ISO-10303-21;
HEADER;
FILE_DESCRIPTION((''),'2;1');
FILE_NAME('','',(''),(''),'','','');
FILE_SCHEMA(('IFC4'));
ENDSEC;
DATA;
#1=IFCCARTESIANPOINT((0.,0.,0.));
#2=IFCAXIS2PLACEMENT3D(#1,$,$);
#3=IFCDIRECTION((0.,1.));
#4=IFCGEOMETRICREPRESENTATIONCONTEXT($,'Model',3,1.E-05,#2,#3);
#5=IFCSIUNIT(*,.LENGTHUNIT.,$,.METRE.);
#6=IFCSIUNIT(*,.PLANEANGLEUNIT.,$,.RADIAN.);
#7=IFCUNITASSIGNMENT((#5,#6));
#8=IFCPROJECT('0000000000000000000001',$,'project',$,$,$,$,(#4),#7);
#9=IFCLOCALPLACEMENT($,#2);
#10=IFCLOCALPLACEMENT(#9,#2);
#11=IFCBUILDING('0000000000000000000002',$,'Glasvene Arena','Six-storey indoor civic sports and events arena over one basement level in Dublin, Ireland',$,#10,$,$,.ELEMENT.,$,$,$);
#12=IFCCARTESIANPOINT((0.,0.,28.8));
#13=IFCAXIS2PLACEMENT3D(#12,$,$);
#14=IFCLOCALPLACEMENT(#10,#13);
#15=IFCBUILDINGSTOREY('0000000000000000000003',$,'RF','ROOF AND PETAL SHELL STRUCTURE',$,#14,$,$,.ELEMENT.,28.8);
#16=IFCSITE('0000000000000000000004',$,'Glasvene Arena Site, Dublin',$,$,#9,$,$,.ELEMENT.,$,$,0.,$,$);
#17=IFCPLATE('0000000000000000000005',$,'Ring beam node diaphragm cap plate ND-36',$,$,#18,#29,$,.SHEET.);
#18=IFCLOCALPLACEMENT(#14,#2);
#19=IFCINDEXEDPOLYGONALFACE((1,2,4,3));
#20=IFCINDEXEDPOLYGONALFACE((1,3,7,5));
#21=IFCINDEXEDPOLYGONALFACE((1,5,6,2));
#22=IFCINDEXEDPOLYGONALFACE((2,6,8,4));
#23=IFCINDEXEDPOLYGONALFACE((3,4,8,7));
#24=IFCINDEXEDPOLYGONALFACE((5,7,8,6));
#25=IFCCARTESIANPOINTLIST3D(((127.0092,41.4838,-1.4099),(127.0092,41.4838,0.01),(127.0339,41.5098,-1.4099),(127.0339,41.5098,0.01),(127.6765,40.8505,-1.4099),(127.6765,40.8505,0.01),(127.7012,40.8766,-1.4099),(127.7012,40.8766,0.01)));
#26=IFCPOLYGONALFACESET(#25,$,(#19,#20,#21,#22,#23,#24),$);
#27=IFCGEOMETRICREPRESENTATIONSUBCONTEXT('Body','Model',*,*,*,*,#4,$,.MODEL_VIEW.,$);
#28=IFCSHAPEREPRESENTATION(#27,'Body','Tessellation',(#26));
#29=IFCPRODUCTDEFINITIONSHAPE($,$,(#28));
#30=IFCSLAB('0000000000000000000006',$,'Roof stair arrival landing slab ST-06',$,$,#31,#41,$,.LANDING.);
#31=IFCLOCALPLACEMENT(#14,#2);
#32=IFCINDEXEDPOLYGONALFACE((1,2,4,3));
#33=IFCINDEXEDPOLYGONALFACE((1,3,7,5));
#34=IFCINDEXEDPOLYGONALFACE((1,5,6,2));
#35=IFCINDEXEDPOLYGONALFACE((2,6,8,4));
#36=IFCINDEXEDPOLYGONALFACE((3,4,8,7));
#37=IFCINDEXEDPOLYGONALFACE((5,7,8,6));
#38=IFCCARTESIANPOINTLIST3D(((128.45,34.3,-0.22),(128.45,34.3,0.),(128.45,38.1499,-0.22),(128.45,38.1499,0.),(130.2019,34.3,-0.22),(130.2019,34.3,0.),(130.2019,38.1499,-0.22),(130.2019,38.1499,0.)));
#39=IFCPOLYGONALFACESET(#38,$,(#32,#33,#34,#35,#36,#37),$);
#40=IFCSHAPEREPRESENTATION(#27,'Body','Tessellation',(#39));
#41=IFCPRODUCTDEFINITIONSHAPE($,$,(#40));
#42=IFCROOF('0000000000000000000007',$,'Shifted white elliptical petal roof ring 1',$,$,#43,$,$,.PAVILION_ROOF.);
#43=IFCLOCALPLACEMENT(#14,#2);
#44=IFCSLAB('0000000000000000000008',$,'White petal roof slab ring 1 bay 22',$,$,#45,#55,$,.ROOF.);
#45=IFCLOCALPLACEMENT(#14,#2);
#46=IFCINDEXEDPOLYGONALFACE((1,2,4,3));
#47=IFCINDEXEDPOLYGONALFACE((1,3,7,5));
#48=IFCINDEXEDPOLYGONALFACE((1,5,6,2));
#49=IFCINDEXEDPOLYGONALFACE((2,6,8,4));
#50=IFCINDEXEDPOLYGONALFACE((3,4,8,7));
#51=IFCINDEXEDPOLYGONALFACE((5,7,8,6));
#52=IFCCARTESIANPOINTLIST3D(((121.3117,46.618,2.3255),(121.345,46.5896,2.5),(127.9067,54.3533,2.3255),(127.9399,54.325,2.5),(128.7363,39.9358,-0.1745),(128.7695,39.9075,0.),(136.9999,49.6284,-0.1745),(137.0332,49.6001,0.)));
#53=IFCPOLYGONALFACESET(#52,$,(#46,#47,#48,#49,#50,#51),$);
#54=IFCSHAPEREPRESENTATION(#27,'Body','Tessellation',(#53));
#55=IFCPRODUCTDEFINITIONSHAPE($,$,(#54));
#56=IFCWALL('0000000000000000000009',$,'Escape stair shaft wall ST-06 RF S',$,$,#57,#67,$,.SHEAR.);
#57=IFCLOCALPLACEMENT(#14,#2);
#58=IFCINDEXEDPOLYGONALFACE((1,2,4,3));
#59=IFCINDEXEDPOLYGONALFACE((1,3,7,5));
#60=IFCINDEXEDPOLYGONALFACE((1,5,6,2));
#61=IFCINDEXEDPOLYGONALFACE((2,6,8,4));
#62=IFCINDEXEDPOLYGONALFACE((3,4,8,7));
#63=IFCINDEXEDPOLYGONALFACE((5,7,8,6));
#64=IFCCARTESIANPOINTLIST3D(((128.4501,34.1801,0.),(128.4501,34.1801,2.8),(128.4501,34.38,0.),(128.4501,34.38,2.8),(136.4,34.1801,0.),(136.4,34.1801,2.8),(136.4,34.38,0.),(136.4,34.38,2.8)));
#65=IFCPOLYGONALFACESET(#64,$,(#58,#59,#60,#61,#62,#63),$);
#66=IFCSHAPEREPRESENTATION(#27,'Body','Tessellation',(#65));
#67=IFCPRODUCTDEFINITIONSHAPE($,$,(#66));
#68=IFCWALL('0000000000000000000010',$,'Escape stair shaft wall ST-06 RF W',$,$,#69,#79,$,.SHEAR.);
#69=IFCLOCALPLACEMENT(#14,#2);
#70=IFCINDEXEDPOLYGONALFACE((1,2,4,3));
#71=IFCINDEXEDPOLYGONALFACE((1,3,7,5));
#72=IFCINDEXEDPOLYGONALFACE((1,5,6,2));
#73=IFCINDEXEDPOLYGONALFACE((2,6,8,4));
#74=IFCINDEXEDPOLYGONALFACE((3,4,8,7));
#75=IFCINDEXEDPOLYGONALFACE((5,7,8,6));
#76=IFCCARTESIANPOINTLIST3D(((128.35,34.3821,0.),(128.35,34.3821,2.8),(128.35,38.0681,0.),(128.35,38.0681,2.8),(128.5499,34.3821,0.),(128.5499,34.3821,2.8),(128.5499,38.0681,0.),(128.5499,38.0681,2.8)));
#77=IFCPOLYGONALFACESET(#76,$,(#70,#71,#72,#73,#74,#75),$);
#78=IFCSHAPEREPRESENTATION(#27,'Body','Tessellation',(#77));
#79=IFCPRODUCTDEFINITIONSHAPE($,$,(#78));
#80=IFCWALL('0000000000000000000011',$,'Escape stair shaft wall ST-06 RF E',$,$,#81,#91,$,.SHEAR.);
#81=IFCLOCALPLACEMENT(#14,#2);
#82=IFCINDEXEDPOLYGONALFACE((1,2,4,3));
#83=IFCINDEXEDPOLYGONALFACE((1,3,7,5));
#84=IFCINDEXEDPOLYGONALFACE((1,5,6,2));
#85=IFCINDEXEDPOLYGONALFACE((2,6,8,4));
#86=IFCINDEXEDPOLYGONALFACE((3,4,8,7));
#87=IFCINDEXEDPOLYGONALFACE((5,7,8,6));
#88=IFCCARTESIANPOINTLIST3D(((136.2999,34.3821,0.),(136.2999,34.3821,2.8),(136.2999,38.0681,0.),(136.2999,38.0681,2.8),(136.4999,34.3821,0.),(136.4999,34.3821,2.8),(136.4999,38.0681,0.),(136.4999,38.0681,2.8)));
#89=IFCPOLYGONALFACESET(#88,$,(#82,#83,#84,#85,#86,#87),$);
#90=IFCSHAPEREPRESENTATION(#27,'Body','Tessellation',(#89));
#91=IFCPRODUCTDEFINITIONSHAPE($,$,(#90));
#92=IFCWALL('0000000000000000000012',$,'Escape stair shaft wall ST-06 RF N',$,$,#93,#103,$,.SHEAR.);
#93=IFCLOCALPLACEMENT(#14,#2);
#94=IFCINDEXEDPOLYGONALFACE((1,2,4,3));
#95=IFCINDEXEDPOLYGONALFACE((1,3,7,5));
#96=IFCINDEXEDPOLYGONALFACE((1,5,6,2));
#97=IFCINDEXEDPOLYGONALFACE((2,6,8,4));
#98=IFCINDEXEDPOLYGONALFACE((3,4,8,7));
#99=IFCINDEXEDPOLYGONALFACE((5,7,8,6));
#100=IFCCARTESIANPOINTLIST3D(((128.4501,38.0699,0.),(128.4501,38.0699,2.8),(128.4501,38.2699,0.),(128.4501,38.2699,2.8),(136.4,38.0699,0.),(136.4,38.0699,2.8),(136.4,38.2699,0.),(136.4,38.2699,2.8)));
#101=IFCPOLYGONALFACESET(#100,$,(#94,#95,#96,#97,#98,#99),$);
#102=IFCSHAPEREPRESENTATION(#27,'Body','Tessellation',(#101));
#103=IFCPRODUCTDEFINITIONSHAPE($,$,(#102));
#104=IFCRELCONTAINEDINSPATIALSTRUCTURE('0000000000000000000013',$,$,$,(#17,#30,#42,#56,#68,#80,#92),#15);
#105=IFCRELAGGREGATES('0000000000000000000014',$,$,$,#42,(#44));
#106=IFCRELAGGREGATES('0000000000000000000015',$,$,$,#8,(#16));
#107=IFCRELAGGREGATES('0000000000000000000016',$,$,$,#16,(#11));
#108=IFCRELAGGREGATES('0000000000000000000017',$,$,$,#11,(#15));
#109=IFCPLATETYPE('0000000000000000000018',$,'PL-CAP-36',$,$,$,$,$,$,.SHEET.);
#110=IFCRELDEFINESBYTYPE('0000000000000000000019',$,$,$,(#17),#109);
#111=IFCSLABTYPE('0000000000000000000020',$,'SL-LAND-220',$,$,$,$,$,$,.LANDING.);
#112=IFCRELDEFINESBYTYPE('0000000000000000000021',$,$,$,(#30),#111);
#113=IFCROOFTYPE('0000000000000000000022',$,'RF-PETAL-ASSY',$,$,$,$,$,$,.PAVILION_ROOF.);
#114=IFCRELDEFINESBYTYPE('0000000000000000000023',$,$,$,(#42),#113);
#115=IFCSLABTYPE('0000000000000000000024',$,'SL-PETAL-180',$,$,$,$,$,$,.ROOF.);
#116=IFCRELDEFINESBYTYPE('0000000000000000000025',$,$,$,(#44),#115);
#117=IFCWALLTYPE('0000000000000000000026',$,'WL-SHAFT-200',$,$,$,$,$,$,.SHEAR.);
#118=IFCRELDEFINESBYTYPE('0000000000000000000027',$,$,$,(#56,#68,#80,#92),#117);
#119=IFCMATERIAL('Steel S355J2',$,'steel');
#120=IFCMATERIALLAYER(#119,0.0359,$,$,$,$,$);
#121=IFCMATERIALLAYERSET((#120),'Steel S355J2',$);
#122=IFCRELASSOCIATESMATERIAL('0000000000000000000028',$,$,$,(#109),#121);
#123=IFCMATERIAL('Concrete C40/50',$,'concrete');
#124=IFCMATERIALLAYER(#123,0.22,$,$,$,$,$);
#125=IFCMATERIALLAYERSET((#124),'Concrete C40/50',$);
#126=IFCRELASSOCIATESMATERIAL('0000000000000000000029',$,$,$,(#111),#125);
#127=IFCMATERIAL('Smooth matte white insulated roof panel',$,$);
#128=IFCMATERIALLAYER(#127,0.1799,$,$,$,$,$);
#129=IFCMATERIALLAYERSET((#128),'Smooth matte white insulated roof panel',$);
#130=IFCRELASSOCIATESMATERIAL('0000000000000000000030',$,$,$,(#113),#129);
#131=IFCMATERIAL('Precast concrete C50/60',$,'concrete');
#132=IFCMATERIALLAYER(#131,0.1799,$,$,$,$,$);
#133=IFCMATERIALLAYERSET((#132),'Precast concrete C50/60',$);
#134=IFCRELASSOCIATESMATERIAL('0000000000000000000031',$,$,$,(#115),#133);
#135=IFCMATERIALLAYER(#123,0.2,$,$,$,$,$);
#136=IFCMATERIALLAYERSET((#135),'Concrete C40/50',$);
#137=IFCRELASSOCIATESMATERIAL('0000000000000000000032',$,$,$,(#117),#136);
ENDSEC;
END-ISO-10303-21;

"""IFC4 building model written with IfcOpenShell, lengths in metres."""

from ifc_helpers import new_model, si_unit, direction, frame, frame_2d, origin, origin_2d, place, context, subcontext, project, spatial, polyline, rectangle, outline, extrude, material, layer, layer_set, type_object, element, aggregate, save


model = new_model("IFC4")

# Units and contexts
model_context = context("Model", 3, precision=1e-05, world=origin(), true_north=direction((0.0, 1.0)))
body_context = subcontext(model_context, "Body", "Model", "MODEL_VIEW")
ifc_project = project(units=[si_unit("LENGTHUNIT", "METRE"), si_unit("PLANEANGLEUNIT", "RADIAN")], contexts=[model_context])

# Site, building, storey
site_placement = place(None, origin())
site = spatial("IfcSite", under=ifc_project, at=site_placement, Name="Glasvene Arena Site, Dublin", CompositionType="ELEMENT", RefElevation=0.0)
building_placement = place(site_placement, origin())
building = spatial("IfcBuilding", under=site, at=building_placement, Name="Glasvene Arena", Description="Six-storey indoor civic sports and events arena over one basement level in Dublin, Ireland", CompositionType="ELEMENT")
storey_placement = place(building_placement, frame((0.0, 0.0, 28.8)))
storey = spatial("IfcBuildingStorey", under=building, at=storey_placement, Name="RF", Description="ROOF AND PETAL SHELL STRUCTURE", CompositionType="ELEMENT", Elevation=28.8)

# Shared definitions
ifc_material_1 = material(Name="Steel S355J2", Category="steel")

# Plate
ifc_layer_1 = layer(ifc_material_1, 0.0359)
ifc_layer_set_1 = layer_set([ifc_layer_1], Name="Steel S355J2")
plate_type_1 = type_object("IfcPlateType", Name="PL-CAP-36", PredefinedType="SHEET", material=ifc_layer_set_1)
plate_1_placement = place(storey_placement, frame((127.3552, 41.1802, -1.4099), z_axis=(0.0, 0.0, 1.0), x_axis=(0.688355, 0.725374, 0.0)))
element("IfcPlate", 1, at=plate_1_placement, inside=storey, type_object=plate_type_1, Name="Ring beam node diaphragm cap plate ND-36", PredefinedType="SHEET", context=body_context, shape_type="SweptSolid", body=[
    extrude(rectangle(XDim=0.0359, YDim=0.9199, at=origin_2d()), origin(), (0.0, 0.0, 1.0), 1.4199),
])

# Slab
ifc_material_2 = material(Name="Concrete C40/50", Category="concrete")
ifc_layer_2 = layer(ifc_material_2, 0.22)
ifc_layer_set_2 = layer_set([ifc_layer_2], Name="Concrete C40/50")
slab_type_1 = type_object("IfcSlabType", Name="SL-LAND-220", PredefinedType="LANDING", material=ifc_layer_set_2)
slab_1_placement = place(storey_placement, frame((129.3259, 36.2251, -0.22)))
element("IfcSlab", 2, at=slab_1_placement, inside=storey, type_object=slab_type_1, Name="Roof stair arrival landing slab ST-06", PredefinedType="LANDING", context=body_context, shape_type="SweptSolid", body=[
    extrude(outline(polyline([(-0.876, -1.925), (0.876, -1.925), (0.876, 1.9248), (-0.876, 1.9248), (-0.876, -1.925)])), origin(), (0.0, 0.0, 1.0), 0.22),
])

# Roof, slab
ifc_material_3 = material(Name="Smooth matte white insulated roof panel")
ifc_layer_3 = layer(ifc_material_3, 0.1799)
ifc_layer_set_3 = layer_set([ifc_layer_3], Name="Smooth matte white insulated roof panel")
roof_type = type_object("IfcRoofType", Name="RF-PETAL-ASSY", PredefinedType="PAVILION_ROOF", material=ifc_layer_set_3)
roof_placement = place(storey_placement, frame((92.0, 73.0, 0.0)))
roof = element("IfcRoof", 3, at=roof_placement, inside=storey, type_object=roof_type, Name="Shifted white elliptical petal roof ring 1", PredefinedType="PAVILION_ROOF")
ifc_material_4 = material(Name="Precast concrete C50/60", Category="concrete")
ifc_layer_4 = layer(ifc_material_4, 0.1799)
ifc_layer_set_4 = layer_set([ifc_layer_4], Name="Precast concrete C50/60")
slab_type_2 = type_object("IfcSlabType", Name="SL-PETAL-180", PredefinedType="ROOF", material=ifc_layer_set_4)
slab_2_placement = place(storey_placement, frame((128.7695, 39.9075, 0.0), z_axis=(0.184821, -0.157574, 0.970058), x_axis=(0.648784, 0.760972, 0.0)))
slab_2 = element("IfcSlab", 4, at=slab_2_placement, type_object=slab_type_2, Name="White petal roof slab ring 1 bay 22", PredefinedType="ROOF", context=body_context, shape_type="SweptSolid", body=[
    extrude(outline(polyline([(0.0, 0.0), (12.7372, 0.0), (10.4331, 10.2933), (0.268, 10.2934), (0.0, 0.0)])), origin(), (0.0, 0.0, -1.0), 0.1799),
])
aggregate(roof, [slab_2])

# Walls
ifc_layer_5 = layer(ifc_material_2, 0.2)
ifc_layer_set_5 = layer_set([ifc_layer_5], Name="Concrete C40/50")
wall_type = type_object("IfcWallType", Name="WL-SHAFT-200", PredefinedType="SHEAR", material=ifc_layer_set_5)
wall_1_placement = place(storey_placement, frame((128.45, 34.28, 0.0), z_axis=(0.0, 0.0, 1.0), x_axis=(1.0, 0.0, 0.0)))
element("IfcWall", 5, at=wall_1_placement, inside=storey, type_object=wall_type, Name="Escape stair shaft wall ST-06 RF S", PredefinedType="SHEAR", context=body_context, shape_type="SweptSolid", body=[
    extrude(rectangle(XDim=7.95, YDim=0.2, at=frame_2d((3.9751, 0.0))), origin(), (0.0, 0.0, 1.0), 2.8),
])
for number, where, z_axis, x_axis, name in (
    (6, (128.45, 34.3821, 0.0), (0.0, 0.0, 1.0), (0.0, 1.0, 0.0), "Escape stair shaft wall ST-06 RF W"),
    (7, (136.3999, 34.3821, 0.0), (0.0, 0.0, 1.0), (0.0, 1.0, 0.0), "Escape stair shaft wall ST-06 RF E"),
):
    element("IfcWall", number, at=place(storey_placement, frame(where, z_axis=z_axis, x_axis=x_axis)), inside=storey, type_object=wall_type, Name=name, PredefinedType="SHEAR", context=body_context, shape_type="SweptSolid", body=[
        extrude(rectangle(XDim=3.686, YDim=0.2, at=frame_2d((1.843, 0.0))), origin(), (0.0, 0.0, 1.0), 2.8),
    ])
wall_2_placement = place(storey_placement, frame((128.45, 38.1699, 0.0), z_axis=(0.0, 0.0, 1.0), x_axis=(1.0, 0.0, 0.0)))
element("IfcWall", 8, at=wall_2_placement, inside=storey, type_object=wall_type, Name="Escape stair shaft wall ST-06 RF N", PredefinedType="SHEAR", context=body_context, shape_type="SweptSolid", body=[
    extrude(rectangle(XDim=7.95, YDim=0.2, at=frame_2d((3.9751, 0.0))), origin(), (0.0, 0.0, 1.0), 2.8),
])

save(model, "model.ifc")
